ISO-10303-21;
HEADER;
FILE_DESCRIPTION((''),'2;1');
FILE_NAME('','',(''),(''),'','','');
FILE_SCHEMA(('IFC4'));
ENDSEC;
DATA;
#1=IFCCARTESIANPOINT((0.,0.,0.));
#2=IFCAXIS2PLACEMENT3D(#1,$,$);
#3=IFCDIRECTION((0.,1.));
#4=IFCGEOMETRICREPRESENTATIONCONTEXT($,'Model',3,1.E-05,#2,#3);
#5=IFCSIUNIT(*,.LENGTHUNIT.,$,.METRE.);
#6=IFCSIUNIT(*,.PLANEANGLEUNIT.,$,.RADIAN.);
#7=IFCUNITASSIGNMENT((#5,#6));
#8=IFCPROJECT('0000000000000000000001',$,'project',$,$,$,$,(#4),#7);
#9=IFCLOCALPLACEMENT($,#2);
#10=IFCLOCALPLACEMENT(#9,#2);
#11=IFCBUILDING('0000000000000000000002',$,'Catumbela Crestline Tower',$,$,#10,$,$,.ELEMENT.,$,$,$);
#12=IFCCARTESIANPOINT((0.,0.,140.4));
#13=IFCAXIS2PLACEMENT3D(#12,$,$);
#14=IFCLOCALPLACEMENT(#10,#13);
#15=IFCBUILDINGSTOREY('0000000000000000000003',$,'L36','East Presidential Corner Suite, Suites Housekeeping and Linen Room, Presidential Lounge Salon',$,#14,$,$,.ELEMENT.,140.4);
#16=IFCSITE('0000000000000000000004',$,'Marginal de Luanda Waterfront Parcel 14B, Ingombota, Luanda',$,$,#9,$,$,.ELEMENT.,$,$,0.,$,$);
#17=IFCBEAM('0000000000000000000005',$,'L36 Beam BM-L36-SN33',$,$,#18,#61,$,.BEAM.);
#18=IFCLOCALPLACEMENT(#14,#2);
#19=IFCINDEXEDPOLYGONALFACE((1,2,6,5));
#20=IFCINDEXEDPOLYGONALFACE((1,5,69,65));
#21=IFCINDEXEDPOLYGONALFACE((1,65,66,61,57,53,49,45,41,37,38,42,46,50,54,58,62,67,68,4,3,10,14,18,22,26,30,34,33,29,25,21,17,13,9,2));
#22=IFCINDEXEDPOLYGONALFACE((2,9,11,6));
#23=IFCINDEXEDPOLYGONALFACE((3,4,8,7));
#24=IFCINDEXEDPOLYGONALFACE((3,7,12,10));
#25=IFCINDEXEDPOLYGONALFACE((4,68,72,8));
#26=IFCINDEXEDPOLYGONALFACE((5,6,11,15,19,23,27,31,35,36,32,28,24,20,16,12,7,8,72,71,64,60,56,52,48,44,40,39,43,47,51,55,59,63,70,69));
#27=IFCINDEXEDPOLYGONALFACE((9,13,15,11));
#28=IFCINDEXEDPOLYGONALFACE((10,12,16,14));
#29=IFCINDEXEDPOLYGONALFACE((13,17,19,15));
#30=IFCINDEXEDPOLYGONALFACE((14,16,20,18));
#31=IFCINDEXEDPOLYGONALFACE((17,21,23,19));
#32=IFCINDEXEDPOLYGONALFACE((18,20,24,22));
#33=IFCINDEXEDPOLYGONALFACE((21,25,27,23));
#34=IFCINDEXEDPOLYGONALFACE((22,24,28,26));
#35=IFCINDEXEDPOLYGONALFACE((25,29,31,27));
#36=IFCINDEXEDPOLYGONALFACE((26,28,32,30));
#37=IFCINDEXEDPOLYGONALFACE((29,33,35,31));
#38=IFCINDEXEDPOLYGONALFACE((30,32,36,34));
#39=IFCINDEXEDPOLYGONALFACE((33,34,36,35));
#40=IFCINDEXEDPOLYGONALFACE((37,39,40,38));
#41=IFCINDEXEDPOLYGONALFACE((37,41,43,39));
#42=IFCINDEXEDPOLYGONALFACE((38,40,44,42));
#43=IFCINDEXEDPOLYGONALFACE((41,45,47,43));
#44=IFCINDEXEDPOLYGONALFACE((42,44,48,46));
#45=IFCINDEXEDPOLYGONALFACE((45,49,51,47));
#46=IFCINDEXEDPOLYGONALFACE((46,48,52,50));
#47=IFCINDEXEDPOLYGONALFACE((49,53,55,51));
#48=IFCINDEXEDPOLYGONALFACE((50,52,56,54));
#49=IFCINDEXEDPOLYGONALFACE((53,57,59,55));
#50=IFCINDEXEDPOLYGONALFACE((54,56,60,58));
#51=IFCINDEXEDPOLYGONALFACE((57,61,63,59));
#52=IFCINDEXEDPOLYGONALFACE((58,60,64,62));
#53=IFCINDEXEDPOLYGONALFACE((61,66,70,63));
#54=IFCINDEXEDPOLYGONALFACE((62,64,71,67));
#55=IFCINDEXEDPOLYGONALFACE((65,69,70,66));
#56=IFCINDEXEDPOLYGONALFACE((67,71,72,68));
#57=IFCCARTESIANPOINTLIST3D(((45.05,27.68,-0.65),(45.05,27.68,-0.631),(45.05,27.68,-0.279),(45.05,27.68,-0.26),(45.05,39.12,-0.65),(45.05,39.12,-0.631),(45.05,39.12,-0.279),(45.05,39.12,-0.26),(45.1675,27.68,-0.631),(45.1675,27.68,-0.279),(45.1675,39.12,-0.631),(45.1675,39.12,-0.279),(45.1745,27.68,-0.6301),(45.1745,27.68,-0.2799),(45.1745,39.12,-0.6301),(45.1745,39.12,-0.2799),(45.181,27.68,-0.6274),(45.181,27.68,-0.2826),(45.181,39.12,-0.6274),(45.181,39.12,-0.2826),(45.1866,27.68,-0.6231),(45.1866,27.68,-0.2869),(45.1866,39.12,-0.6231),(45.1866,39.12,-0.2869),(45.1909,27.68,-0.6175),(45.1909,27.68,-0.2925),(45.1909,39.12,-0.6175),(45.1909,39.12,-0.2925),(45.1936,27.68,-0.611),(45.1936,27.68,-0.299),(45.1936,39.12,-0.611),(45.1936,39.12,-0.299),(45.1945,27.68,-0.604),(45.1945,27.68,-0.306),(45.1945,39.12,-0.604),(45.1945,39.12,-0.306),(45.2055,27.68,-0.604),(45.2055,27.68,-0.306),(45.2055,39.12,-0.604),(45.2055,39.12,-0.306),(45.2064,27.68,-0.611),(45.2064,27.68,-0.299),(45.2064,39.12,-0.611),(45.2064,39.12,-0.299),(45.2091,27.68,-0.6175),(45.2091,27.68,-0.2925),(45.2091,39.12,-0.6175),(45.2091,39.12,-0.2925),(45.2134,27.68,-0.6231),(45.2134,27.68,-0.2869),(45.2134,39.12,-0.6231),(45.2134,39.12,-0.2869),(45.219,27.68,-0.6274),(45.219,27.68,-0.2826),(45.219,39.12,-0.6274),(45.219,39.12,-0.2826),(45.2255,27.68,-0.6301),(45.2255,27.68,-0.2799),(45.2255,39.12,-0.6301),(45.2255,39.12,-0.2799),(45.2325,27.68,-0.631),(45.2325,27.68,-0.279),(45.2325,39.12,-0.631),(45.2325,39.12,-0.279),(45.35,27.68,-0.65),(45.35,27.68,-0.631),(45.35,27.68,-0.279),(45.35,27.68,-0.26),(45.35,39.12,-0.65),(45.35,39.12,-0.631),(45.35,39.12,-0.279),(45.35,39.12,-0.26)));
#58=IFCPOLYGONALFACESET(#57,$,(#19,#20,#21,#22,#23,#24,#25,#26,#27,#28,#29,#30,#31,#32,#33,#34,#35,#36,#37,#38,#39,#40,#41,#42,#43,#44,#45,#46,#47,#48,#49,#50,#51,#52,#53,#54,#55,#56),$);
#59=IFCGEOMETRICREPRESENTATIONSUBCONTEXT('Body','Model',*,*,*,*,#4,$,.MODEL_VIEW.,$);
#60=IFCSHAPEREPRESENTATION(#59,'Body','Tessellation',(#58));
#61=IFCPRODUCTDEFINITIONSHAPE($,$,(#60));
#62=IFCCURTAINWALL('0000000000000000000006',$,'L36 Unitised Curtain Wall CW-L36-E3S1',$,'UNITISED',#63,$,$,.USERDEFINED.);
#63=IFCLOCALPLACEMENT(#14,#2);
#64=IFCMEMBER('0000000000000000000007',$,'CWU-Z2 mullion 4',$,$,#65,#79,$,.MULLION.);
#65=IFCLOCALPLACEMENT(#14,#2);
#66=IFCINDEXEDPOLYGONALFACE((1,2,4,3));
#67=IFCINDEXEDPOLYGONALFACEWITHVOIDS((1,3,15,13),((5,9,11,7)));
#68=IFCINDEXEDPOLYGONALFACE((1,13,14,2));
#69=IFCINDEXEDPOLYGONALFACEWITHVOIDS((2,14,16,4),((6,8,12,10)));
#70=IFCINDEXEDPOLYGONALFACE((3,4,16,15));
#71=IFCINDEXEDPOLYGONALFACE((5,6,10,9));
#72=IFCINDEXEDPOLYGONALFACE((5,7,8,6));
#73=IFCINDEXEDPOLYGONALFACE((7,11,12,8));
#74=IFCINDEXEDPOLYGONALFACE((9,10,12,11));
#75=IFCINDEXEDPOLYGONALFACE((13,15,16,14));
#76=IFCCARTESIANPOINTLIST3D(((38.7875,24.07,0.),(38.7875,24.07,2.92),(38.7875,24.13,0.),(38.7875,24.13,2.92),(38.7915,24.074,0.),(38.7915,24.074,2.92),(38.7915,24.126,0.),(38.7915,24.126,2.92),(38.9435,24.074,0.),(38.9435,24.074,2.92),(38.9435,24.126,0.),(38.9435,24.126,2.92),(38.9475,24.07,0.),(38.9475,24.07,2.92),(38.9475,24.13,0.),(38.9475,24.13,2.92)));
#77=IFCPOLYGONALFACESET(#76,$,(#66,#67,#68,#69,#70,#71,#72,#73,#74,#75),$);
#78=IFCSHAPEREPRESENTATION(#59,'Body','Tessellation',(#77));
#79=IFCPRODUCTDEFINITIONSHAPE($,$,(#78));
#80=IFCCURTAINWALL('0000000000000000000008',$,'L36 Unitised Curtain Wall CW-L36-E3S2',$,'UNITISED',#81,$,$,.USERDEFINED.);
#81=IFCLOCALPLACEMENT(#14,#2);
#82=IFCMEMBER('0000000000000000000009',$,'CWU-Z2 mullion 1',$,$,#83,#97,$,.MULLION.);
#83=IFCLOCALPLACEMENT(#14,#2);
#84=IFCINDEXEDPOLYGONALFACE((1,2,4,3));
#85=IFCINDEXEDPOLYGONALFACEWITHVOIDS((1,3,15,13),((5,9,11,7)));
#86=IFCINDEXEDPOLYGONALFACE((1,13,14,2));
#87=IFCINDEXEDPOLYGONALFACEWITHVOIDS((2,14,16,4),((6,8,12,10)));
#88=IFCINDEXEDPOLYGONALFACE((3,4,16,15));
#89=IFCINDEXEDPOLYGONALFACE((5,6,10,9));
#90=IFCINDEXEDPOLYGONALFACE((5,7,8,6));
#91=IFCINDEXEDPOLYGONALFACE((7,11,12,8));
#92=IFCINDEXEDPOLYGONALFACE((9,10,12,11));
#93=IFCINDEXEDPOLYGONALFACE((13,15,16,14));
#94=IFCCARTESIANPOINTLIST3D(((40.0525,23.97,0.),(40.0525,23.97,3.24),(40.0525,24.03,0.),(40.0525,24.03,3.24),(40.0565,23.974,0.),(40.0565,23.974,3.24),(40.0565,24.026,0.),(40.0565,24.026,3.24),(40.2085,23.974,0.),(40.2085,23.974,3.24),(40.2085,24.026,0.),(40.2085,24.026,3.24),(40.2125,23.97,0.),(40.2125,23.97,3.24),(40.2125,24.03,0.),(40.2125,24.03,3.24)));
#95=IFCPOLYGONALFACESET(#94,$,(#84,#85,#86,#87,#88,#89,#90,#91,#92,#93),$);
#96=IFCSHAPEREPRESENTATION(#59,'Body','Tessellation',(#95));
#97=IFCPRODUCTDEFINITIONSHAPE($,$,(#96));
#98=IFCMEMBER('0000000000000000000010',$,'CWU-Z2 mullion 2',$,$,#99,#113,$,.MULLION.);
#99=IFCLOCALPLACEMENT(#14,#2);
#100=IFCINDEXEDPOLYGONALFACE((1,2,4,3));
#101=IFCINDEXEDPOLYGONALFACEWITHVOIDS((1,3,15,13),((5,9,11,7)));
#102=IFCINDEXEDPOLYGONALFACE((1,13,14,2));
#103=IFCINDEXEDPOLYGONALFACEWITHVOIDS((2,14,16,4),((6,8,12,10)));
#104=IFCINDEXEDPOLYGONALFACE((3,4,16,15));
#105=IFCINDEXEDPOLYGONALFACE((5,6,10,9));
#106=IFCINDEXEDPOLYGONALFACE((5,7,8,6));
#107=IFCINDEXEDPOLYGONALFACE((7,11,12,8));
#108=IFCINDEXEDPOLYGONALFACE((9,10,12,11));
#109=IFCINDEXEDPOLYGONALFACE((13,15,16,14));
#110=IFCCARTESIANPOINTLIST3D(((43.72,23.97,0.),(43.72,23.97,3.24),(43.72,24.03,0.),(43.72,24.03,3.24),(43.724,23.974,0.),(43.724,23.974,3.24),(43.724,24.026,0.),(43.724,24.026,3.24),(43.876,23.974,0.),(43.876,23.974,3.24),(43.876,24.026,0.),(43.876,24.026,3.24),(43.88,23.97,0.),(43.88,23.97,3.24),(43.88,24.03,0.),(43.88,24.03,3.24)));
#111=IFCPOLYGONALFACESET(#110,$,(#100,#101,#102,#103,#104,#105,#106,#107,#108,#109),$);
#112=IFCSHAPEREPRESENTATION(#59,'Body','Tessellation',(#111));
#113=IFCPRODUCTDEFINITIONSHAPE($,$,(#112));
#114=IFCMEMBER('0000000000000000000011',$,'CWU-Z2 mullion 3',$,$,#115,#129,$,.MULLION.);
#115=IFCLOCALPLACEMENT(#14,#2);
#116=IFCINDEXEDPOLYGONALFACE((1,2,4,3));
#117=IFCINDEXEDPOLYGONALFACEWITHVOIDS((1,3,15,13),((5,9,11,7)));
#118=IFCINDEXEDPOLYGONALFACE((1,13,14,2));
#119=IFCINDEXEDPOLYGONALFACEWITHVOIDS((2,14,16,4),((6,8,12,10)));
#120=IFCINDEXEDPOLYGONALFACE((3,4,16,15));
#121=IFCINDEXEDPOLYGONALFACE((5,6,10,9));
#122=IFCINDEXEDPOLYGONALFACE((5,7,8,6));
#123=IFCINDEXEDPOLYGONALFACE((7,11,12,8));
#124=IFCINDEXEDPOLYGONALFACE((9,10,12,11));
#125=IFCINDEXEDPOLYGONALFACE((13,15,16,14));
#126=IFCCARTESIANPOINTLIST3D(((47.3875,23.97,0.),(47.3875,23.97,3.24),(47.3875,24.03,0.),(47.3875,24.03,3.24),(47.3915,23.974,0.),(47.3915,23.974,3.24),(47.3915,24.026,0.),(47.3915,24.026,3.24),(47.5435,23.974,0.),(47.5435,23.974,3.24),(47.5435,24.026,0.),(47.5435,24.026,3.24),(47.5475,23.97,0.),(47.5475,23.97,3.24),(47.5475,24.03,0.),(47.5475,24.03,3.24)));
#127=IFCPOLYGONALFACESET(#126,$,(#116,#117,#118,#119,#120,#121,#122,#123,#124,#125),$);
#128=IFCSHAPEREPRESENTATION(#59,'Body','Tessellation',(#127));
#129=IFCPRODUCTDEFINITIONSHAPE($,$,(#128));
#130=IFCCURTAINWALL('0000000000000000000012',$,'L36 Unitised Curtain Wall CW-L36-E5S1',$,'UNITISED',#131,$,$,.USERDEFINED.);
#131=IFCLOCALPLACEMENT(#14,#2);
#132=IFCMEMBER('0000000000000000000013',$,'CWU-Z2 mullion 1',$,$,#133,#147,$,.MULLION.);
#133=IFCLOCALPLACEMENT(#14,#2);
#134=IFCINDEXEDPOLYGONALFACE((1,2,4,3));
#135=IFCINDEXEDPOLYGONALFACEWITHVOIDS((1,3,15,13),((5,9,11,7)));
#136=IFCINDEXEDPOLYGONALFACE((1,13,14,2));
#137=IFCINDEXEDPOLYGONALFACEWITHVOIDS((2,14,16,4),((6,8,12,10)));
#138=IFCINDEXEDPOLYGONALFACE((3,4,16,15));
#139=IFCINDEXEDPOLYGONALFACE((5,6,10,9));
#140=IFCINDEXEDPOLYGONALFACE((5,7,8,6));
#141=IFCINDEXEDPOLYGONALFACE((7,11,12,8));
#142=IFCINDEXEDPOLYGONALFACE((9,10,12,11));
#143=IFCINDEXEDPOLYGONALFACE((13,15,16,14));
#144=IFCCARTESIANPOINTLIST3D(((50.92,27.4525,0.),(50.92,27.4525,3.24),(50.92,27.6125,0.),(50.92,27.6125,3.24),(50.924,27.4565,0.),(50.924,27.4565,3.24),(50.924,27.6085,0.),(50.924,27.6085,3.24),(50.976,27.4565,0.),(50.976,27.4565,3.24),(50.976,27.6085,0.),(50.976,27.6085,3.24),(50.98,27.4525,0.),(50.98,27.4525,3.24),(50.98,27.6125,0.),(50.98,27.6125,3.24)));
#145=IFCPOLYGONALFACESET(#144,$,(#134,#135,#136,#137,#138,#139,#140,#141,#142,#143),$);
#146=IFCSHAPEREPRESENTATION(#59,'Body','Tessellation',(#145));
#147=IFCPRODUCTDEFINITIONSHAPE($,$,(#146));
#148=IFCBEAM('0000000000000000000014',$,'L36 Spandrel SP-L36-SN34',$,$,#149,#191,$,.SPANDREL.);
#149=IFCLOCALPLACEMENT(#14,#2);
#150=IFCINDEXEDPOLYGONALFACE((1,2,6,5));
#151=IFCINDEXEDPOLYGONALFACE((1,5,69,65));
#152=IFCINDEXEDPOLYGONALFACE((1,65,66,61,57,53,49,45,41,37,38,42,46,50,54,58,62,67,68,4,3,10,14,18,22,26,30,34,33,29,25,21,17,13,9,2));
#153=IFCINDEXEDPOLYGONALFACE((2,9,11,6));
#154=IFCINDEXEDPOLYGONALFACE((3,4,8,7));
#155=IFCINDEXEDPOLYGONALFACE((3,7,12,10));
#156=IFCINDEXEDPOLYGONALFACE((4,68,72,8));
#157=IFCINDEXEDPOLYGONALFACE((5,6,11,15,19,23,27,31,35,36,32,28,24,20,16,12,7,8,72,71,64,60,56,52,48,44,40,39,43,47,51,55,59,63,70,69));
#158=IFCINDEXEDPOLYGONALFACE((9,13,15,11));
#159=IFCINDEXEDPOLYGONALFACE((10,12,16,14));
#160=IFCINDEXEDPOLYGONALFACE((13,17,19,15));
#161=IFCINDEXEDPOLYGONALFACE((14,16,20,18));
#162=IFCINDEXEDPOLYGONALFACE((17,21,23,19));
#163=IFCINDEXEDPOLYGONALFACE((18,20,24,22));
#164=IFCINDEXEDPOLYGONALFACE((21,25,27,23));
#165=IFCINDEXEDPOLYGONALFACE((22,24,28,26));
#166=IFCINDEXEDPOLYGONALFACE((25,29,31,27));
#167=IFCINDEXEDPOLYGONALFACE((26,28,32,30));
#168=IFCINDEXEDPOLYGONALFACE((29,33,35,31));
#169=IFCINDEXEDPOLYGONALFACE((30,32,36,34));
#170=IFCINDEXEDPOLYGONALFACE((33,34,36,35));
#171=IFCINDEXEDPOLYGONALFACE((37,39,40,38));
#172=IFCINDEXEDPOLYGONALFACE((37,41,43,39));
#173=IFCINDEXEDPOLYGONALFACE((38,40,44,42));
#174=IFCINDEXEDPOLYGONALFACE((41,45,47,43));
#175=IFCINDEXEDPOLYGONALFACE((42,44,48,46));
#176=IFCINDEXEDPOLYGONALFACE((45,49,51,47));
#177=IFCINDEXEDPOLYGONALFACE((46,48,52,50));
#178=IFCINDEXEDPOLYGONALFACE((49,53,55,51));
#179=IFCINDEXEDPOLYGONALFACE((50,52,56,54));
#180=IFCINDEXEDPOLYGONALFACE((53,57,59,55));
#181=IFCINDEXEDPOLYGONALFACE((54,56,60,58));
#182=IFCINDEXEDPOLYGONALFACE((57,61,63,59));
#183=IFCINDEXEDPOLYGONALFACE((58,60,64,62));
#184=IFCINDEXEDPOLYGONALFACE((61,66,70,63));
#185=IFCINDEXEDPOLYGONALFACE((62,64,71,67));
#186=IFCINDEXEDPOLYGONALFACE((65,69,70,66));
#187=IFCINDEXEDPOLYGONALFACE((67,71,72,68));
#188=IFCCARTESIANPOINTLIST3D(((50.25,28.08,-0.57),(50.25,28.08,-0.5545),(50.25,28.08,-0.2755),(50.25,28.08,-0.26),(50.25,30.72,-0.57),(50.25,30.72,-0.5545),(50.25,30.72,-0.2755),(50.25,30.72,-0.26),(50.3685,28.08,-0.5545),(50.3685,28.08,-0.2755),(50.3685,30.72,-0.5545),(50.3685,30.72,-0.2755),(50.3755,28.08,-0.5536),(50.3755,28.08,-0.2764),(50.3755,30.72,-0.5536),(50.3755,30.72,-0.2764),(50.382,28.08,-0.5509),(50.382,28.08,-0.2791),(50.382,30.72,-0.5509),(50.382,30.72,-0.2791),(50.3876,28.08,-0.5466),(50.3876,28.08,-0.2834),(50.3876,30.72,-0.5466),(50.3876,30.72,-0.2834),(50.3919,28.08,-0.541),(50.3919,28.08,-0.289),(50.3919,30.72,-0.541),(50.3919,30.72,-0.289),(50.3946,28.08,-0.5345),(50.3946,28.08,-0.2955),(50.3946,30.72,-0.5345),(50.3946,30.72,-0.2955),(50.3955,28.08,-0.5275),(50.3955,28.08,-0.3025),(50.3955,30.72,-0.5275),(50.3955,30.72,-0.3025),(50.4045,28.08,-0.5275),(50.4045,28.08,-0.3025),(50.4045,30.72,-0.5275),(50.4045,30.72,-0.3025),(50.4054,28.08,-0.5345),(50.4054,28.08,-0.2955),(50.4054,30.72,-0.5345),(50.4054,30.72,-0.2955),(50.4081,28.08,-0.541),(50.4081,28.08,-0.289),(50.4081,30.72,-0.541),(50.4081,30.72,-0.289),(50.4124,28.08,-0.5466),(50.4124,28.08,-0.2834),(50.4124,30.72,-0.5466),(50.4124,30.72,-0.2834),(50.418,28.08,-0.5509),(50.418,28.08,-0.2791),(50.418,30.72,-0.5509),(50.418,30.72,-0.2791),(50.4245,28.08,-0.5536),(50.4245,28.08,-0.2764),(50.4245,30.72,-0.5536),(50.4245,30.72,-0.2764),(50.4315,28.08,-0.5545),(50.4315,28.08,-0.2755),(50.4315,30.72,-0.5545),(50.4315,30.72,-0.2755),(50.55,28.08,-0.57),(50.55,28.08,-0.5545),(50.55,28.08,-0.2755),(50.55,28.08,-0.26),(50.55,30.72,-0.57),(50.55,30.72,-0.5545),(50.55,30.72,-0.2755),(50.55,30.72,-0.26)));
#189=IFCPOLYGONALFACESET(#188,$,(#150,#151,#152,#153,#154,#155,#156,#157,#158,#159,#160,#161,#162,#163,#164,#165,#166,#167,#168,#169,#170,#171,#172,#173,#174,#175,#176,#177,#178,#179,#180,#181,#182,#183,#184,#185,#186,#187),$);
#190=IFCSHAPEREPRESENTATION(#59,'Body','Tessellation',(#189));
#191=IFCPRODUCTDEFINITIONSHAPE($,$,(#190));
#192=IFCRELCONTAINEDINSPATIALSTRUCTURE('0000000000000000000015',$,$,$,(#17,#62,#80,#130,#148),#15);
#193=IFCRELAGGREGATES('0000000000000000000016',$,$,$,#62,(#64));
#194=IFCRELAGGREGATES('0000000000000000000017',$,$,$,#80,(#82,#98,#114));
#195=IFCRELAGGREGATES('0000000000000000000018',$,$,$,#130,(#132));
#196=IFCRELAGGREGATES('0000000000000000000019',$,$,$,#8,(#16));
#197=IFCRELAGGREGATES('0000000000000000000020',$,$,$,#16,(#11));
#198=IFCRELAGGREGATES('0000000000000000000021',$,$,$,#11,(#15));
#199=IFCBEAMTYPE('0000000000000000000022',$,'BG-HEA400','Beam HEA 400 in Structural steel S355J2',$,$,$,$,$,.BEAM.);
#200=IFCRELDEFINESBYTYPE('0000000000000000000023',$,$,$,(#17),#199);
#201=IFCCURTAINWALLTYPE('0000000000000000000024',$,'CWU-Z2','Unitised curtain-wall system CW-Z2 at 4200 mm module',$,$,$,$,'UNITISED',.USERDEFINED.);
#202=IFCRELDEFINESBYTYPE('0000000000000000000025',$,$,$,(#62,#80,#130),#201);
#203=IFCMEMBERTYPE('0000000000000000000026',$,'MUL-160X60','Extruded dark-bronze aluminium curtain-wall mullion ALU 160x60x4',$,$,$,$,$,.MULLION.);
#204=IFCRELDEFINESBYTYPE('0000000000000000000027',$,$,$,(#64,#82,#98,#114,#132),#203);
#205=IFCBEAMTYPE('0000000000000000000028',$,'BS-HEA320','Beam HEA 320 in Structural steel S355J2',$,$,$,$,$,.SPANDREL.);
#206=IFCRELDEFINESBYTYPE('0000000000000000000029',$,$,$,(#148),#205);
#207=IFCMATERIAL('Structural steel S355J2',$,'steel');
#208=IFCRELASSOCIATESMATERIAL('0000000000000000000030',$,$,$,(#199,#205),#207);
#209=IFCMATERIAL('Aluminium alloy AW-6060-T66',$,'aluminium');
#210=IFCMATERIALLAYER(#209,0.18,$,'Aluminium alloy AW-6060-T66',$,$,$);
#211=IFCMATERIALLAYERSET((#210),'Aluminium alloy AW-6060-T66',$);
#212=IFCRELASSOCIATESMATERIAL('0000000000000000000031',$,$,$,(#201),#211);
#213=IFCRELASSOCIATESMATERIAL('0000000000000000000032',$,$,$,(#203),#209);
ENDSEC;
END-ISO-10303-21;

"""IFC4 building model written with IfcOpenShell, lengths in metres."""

from ifc_helpers import new_model, si_unit, direction, frame, origin, origin_2d, place, context, subcontext, project, spatial, hollow_rectangle, i_section, extrude, material, layer, layer_set, material_profile, profile_set, type_object, element, aggregate, save


model = new_model("IFC4")

# Units and contexts
model_context = context("Model", 3, precision=1e-05, world=origin(), true_north=direction((0.0, 1.0)))
body_context = subcontext(model_context, "Body", "Model", "MODEL_VIEW")
ifc_project = project(units=[si_unit("LENGTHUNIT", "METRE"), si_unit("PLANEANGLEUNIT", "RADIAN")], contexts=[model_context])

# Site, building, storey
site_placement = place(None, origin())
site = spatial("IfcSite", under=ifc_project, at=site_placement, Name="Marginal de Luanda Waterfront Parcel 14B, Ingombota, Luanda", CompositionType="ELEMENT", RefElevation=0.0)
building_placement = place(site_placement, origin())
building = spatial("IfcBuilding", under=site, at=building_placement, Name="Catumbela Crestline Tower", CompositionType="ELEMENT")
storey_placement = place(building_placement, frame((0.0, 0.0, 140.4)))
storey = spatial("IfcBuildingStorey", under=building, at=storey_placement, Name="L36", Description="East Presidential Corner Suite, Suites Housekeeping and Linen Room, Presidential Lounge Salon", CompositionType="ELEMENT", Elevation=140.4)

# Beam
ifc_material_1 = material(Name="Structural steel S355J2", Category="steel")
ifc_material_profile_1 = material_profile(ifc_material_1, i_section(OverallWidth=0.3, OverallDepth=0.39, WebThickness=0.011, FlangeThickness=0.019, FilletRadius=0.027, at=origin_2d()), Name="HEA 400")
ifc_profile_set_1 = profile_set([ifc_material_profile_1], Name="Structural steel S355J2")
beam_type_1 = type_object("IfcBeamType", Name="BG-HEA400", Description="Beam HEA 400 in Structural steel S355J2", PredefinedType="BEAM", material=ifc_profile_set_1)
beam_1_placement = place(storey_placement, frame((45.2, 27.68, -0.455), z_axis=(0.0, 1.0, 0.0), x_axis=(-1.0, 0.0, 0.0)))
element("IfcBeam", 1, at=beam_1_placement, inside=storey, type_object=beam_type_1, Name="L36 Beam BM-L36-SN33", PredefinedType="BEAM", context=body_context, shape_type="SweptSolid", body=[
    extrude(i_section(OverallWidth=0.3, OverallDepth=0.39, WebThickness=0.011, FlangeThickness=0.019, FilletRadius=0.027, at=origin_2d()), origin(), (0.0, 0.0, 1.0), 11.44),
])

# Curtain wall, member
ifc_material_2 = material(Name="Aluminium alloy AW-6060-T66", Category="aluminium")
ifc_layer_1 = layer(ifc_material_2, 0.18, Name="Aluminium alloy AW-6060-T66")
ifc_layer_set_1 = layer_set([ifc_layer_1], Name="Aluminium alloy AW-6060-T66")
curtain_wall_type = type_object("IfcCurtainWallType", Name="CWU-Z2", Description="Unitised curtain-wall system CW-Z2 at 4200 mm module", ElementType="UNITISED", PredefinedType="USERDEFINED", material=ifc_layer_set_1)
curtain_wall_1_placement = place(storey_placement, origin())
curtain_wall_1 = element("IfcCurtainWall", 2, at=curtain_wall_1_placement, inside=storey, type_object=curtain_wall_type, Name="L36 Unitised Curtain Wall CW-L36-E3S1", ObjectType="UNITISED", PredefinedType="USERDEFINED")
ifc_material_profile_2 = material_profile(ifc_material_2, hollow_rectangle(XDim=0.06, YDim=0.16, WallThickness=0.004, at=origin_2d()), Name="ALU 160x60x4")
ifc_profile_set_2 = profile_set([ifc_material_profile_2], Name="Aluminium alloy AW-6060-T66")
member_type_1 = type_object("IfcMemberType", Name="MUL-160X60", Description="Extruded dark-bronze aluminium curtain-wall mullion ALU 160x60x4", PredefinedType="MULLION", material=ifc_profile_set_2)
member_1_placement = place(storey_placement, frame((38.8675, 24.1, 0.0), z_axis=(0.0, 0.0, 1.0), x_axis=(0.0, 1.0, 0.0)))
member_1 = element("IfcMember", 3, at=member_1_placement, type_object=member_type_1, Name="CWU-Z2 mullion 4", PredefinedType="MULLION", context=body_context, shape_type="SweptSolid", body=[
    extrude(hollow_rectangle(XDim=0.06, YDim=0.16, WallThickness=0.004, at=origin_2d()), origin(), (0.0, 0.0, 1.0), 2.92),
])
aggregate(curtain_wall_1, [member_1])

# Curtain wall, members
curtain_wall_2_placement = place(storey_placement, origin())
curtain_wall_2 = element("IfcCurtainWall", 4, at=curtain_wall_2_placement, inside=storey, type_object=curtain_wall_type, Name="L36 Unitised Curtain Wall CW-L36-E3S2", ObjectType="UNITISED", PredefinedType="USERDEFINED")
member_2_placement = place(storey_placement, frame((40.1325, 24.0, 0.0), z_axis=(0.0, 0.0, 1.0), x_axis=(0.0, 1.0, 0.0)))
member_2 = element("IfcMember", 5, at=member_2_placement, type_object=member_type_1, Name="CWU-Z2 mullion 1", PredefinedType="MULLION", context=body_context, shape_type="SweptSolid", body=[
    extrude(hollow_rectangle(XDim=0.06, YDim=0.16, WallThickness=0.004, at=origin_2d()), origin(), (0.0, 0.0, 1.0), 3.24),
])
member_3_placement = place(storey_placement, frame((43.8, 24.0, 0.0), z_axis=(0.0, 0.0, 1.0), x_axis=(0.0, 1.0, 0.0)))
member_3 = element("IfcMember", 6, at=member_3_placement, type_object=member_type_1, Name="CWU-Z2 mullion 2", PredefinedType="MULLION", context=body_context, shape_type="SweptSolid", body=[
    extrude(hollow_rectangle(XDim=0.06, YDim=0.16, WallThickness=0.004, at=origin_2d()), origin(), (0.0, 0.0, 1.0), 3.24),
])
member_4_placement = place(storey_placement, frame((47.4675, 24.0, 0.0), z_axis=(0.0, 0.0, 1.0), x_axis=(0.0, 1.0, 0.0)))
member_4 = element("IfcMember", 7, at=member_4_placement, type_object=member_type_1, Name="CWU-Z2 mullion 3", PredefinedType="MULLION", context=body_context, shape_type="SweptSolid", body=[
    extrude(hollow_rectangle(XDim=0.06, YDim=0.16, WallThickness=0.004, at=origin_2d()), origin(), (0.0, 0.0, 1.0), 3.24),
])

# Curtain wall, member
curtain_wall_3_placement = place(storey_placement, origin())
curtain_wall_3 = element("IfcCurtainWall", 8, at=curtain_wall_3_placement, inside=storey, type_object=curtain_wall_type, Name="L36 Unitised Curtain Wall CW-L36-E5S1", ObjectType="UNITISED", PredefinedType="USERDEFINED")
member_5_placement = place(storey_placement, frame((50.95, 27.5325, 0.0), z_axis=(0.0, 0.0, 1.0), x_axis=(-1.0, 0.0, 0.0)))
member_5 = element("IfcMember", 9, at=member_5_placement, type_object=member_type_1, Name="CWU-Z2 mullion 1", PredefinedType="MULLION", context=body_context, shape_type="SweptSolid", body=[
    extrude(hollow_rectangle(XDim=0.06, YDim=0.16, WallThickness=0.004, at=origin_2d()), origin(), (0.0, 0.0, 1.0), 3.24),
])

# Beam
ifc_material_profile_3 = material_profile(ifc_material_1, i_section(OverallWidth=0.3, OverallDepth=0.31, WebThickness=0.009, FlangeThickness=0.0155, FilletRadius=0.027, at=origin_2d()), Name="HEA 320")
ifc_profile_set_3 = profile_set([ifc_material_profile_3], Name="Structural steel S355J2")
beam_type_2 = type_object("IfcBeamType", Name="BS-HEA320", Description="Beam HEA 320 in Structural steel S355J2", PredefinedType="SPANDREL", material=ifc_profile_set_3)
beam_2_placement = place(storey_placement, frame((50.4, 28.08, -0.415), z_axis=(0.0, 1.0, 0.0), x_axis=(-1.0, 0.0, 0.0)))
element("IfcBeam", 10, at=beam_2_placement, inside=storey, type_object=beam_type_2, Name="L36 Spandrel SP-L36-SN34", PredefinedType="SPANDREL", context=body_context, shape_type="SweptSolid", body=[
    extrude(i_section(OverallWidth=0.3, OverallDepth=0.31, WebThickness=0.009, FlangeThickness=0.0155, FilletRadius=0.027, at=origin_2d()), origin(), (0.0, 0.0, 1.0), 2.64),
])

aggregate(curtain_wall_2, [member_2, member_3, member_4])
aggregate(curtain_wall_3, [member_5])

save(model, "model.ifc")
